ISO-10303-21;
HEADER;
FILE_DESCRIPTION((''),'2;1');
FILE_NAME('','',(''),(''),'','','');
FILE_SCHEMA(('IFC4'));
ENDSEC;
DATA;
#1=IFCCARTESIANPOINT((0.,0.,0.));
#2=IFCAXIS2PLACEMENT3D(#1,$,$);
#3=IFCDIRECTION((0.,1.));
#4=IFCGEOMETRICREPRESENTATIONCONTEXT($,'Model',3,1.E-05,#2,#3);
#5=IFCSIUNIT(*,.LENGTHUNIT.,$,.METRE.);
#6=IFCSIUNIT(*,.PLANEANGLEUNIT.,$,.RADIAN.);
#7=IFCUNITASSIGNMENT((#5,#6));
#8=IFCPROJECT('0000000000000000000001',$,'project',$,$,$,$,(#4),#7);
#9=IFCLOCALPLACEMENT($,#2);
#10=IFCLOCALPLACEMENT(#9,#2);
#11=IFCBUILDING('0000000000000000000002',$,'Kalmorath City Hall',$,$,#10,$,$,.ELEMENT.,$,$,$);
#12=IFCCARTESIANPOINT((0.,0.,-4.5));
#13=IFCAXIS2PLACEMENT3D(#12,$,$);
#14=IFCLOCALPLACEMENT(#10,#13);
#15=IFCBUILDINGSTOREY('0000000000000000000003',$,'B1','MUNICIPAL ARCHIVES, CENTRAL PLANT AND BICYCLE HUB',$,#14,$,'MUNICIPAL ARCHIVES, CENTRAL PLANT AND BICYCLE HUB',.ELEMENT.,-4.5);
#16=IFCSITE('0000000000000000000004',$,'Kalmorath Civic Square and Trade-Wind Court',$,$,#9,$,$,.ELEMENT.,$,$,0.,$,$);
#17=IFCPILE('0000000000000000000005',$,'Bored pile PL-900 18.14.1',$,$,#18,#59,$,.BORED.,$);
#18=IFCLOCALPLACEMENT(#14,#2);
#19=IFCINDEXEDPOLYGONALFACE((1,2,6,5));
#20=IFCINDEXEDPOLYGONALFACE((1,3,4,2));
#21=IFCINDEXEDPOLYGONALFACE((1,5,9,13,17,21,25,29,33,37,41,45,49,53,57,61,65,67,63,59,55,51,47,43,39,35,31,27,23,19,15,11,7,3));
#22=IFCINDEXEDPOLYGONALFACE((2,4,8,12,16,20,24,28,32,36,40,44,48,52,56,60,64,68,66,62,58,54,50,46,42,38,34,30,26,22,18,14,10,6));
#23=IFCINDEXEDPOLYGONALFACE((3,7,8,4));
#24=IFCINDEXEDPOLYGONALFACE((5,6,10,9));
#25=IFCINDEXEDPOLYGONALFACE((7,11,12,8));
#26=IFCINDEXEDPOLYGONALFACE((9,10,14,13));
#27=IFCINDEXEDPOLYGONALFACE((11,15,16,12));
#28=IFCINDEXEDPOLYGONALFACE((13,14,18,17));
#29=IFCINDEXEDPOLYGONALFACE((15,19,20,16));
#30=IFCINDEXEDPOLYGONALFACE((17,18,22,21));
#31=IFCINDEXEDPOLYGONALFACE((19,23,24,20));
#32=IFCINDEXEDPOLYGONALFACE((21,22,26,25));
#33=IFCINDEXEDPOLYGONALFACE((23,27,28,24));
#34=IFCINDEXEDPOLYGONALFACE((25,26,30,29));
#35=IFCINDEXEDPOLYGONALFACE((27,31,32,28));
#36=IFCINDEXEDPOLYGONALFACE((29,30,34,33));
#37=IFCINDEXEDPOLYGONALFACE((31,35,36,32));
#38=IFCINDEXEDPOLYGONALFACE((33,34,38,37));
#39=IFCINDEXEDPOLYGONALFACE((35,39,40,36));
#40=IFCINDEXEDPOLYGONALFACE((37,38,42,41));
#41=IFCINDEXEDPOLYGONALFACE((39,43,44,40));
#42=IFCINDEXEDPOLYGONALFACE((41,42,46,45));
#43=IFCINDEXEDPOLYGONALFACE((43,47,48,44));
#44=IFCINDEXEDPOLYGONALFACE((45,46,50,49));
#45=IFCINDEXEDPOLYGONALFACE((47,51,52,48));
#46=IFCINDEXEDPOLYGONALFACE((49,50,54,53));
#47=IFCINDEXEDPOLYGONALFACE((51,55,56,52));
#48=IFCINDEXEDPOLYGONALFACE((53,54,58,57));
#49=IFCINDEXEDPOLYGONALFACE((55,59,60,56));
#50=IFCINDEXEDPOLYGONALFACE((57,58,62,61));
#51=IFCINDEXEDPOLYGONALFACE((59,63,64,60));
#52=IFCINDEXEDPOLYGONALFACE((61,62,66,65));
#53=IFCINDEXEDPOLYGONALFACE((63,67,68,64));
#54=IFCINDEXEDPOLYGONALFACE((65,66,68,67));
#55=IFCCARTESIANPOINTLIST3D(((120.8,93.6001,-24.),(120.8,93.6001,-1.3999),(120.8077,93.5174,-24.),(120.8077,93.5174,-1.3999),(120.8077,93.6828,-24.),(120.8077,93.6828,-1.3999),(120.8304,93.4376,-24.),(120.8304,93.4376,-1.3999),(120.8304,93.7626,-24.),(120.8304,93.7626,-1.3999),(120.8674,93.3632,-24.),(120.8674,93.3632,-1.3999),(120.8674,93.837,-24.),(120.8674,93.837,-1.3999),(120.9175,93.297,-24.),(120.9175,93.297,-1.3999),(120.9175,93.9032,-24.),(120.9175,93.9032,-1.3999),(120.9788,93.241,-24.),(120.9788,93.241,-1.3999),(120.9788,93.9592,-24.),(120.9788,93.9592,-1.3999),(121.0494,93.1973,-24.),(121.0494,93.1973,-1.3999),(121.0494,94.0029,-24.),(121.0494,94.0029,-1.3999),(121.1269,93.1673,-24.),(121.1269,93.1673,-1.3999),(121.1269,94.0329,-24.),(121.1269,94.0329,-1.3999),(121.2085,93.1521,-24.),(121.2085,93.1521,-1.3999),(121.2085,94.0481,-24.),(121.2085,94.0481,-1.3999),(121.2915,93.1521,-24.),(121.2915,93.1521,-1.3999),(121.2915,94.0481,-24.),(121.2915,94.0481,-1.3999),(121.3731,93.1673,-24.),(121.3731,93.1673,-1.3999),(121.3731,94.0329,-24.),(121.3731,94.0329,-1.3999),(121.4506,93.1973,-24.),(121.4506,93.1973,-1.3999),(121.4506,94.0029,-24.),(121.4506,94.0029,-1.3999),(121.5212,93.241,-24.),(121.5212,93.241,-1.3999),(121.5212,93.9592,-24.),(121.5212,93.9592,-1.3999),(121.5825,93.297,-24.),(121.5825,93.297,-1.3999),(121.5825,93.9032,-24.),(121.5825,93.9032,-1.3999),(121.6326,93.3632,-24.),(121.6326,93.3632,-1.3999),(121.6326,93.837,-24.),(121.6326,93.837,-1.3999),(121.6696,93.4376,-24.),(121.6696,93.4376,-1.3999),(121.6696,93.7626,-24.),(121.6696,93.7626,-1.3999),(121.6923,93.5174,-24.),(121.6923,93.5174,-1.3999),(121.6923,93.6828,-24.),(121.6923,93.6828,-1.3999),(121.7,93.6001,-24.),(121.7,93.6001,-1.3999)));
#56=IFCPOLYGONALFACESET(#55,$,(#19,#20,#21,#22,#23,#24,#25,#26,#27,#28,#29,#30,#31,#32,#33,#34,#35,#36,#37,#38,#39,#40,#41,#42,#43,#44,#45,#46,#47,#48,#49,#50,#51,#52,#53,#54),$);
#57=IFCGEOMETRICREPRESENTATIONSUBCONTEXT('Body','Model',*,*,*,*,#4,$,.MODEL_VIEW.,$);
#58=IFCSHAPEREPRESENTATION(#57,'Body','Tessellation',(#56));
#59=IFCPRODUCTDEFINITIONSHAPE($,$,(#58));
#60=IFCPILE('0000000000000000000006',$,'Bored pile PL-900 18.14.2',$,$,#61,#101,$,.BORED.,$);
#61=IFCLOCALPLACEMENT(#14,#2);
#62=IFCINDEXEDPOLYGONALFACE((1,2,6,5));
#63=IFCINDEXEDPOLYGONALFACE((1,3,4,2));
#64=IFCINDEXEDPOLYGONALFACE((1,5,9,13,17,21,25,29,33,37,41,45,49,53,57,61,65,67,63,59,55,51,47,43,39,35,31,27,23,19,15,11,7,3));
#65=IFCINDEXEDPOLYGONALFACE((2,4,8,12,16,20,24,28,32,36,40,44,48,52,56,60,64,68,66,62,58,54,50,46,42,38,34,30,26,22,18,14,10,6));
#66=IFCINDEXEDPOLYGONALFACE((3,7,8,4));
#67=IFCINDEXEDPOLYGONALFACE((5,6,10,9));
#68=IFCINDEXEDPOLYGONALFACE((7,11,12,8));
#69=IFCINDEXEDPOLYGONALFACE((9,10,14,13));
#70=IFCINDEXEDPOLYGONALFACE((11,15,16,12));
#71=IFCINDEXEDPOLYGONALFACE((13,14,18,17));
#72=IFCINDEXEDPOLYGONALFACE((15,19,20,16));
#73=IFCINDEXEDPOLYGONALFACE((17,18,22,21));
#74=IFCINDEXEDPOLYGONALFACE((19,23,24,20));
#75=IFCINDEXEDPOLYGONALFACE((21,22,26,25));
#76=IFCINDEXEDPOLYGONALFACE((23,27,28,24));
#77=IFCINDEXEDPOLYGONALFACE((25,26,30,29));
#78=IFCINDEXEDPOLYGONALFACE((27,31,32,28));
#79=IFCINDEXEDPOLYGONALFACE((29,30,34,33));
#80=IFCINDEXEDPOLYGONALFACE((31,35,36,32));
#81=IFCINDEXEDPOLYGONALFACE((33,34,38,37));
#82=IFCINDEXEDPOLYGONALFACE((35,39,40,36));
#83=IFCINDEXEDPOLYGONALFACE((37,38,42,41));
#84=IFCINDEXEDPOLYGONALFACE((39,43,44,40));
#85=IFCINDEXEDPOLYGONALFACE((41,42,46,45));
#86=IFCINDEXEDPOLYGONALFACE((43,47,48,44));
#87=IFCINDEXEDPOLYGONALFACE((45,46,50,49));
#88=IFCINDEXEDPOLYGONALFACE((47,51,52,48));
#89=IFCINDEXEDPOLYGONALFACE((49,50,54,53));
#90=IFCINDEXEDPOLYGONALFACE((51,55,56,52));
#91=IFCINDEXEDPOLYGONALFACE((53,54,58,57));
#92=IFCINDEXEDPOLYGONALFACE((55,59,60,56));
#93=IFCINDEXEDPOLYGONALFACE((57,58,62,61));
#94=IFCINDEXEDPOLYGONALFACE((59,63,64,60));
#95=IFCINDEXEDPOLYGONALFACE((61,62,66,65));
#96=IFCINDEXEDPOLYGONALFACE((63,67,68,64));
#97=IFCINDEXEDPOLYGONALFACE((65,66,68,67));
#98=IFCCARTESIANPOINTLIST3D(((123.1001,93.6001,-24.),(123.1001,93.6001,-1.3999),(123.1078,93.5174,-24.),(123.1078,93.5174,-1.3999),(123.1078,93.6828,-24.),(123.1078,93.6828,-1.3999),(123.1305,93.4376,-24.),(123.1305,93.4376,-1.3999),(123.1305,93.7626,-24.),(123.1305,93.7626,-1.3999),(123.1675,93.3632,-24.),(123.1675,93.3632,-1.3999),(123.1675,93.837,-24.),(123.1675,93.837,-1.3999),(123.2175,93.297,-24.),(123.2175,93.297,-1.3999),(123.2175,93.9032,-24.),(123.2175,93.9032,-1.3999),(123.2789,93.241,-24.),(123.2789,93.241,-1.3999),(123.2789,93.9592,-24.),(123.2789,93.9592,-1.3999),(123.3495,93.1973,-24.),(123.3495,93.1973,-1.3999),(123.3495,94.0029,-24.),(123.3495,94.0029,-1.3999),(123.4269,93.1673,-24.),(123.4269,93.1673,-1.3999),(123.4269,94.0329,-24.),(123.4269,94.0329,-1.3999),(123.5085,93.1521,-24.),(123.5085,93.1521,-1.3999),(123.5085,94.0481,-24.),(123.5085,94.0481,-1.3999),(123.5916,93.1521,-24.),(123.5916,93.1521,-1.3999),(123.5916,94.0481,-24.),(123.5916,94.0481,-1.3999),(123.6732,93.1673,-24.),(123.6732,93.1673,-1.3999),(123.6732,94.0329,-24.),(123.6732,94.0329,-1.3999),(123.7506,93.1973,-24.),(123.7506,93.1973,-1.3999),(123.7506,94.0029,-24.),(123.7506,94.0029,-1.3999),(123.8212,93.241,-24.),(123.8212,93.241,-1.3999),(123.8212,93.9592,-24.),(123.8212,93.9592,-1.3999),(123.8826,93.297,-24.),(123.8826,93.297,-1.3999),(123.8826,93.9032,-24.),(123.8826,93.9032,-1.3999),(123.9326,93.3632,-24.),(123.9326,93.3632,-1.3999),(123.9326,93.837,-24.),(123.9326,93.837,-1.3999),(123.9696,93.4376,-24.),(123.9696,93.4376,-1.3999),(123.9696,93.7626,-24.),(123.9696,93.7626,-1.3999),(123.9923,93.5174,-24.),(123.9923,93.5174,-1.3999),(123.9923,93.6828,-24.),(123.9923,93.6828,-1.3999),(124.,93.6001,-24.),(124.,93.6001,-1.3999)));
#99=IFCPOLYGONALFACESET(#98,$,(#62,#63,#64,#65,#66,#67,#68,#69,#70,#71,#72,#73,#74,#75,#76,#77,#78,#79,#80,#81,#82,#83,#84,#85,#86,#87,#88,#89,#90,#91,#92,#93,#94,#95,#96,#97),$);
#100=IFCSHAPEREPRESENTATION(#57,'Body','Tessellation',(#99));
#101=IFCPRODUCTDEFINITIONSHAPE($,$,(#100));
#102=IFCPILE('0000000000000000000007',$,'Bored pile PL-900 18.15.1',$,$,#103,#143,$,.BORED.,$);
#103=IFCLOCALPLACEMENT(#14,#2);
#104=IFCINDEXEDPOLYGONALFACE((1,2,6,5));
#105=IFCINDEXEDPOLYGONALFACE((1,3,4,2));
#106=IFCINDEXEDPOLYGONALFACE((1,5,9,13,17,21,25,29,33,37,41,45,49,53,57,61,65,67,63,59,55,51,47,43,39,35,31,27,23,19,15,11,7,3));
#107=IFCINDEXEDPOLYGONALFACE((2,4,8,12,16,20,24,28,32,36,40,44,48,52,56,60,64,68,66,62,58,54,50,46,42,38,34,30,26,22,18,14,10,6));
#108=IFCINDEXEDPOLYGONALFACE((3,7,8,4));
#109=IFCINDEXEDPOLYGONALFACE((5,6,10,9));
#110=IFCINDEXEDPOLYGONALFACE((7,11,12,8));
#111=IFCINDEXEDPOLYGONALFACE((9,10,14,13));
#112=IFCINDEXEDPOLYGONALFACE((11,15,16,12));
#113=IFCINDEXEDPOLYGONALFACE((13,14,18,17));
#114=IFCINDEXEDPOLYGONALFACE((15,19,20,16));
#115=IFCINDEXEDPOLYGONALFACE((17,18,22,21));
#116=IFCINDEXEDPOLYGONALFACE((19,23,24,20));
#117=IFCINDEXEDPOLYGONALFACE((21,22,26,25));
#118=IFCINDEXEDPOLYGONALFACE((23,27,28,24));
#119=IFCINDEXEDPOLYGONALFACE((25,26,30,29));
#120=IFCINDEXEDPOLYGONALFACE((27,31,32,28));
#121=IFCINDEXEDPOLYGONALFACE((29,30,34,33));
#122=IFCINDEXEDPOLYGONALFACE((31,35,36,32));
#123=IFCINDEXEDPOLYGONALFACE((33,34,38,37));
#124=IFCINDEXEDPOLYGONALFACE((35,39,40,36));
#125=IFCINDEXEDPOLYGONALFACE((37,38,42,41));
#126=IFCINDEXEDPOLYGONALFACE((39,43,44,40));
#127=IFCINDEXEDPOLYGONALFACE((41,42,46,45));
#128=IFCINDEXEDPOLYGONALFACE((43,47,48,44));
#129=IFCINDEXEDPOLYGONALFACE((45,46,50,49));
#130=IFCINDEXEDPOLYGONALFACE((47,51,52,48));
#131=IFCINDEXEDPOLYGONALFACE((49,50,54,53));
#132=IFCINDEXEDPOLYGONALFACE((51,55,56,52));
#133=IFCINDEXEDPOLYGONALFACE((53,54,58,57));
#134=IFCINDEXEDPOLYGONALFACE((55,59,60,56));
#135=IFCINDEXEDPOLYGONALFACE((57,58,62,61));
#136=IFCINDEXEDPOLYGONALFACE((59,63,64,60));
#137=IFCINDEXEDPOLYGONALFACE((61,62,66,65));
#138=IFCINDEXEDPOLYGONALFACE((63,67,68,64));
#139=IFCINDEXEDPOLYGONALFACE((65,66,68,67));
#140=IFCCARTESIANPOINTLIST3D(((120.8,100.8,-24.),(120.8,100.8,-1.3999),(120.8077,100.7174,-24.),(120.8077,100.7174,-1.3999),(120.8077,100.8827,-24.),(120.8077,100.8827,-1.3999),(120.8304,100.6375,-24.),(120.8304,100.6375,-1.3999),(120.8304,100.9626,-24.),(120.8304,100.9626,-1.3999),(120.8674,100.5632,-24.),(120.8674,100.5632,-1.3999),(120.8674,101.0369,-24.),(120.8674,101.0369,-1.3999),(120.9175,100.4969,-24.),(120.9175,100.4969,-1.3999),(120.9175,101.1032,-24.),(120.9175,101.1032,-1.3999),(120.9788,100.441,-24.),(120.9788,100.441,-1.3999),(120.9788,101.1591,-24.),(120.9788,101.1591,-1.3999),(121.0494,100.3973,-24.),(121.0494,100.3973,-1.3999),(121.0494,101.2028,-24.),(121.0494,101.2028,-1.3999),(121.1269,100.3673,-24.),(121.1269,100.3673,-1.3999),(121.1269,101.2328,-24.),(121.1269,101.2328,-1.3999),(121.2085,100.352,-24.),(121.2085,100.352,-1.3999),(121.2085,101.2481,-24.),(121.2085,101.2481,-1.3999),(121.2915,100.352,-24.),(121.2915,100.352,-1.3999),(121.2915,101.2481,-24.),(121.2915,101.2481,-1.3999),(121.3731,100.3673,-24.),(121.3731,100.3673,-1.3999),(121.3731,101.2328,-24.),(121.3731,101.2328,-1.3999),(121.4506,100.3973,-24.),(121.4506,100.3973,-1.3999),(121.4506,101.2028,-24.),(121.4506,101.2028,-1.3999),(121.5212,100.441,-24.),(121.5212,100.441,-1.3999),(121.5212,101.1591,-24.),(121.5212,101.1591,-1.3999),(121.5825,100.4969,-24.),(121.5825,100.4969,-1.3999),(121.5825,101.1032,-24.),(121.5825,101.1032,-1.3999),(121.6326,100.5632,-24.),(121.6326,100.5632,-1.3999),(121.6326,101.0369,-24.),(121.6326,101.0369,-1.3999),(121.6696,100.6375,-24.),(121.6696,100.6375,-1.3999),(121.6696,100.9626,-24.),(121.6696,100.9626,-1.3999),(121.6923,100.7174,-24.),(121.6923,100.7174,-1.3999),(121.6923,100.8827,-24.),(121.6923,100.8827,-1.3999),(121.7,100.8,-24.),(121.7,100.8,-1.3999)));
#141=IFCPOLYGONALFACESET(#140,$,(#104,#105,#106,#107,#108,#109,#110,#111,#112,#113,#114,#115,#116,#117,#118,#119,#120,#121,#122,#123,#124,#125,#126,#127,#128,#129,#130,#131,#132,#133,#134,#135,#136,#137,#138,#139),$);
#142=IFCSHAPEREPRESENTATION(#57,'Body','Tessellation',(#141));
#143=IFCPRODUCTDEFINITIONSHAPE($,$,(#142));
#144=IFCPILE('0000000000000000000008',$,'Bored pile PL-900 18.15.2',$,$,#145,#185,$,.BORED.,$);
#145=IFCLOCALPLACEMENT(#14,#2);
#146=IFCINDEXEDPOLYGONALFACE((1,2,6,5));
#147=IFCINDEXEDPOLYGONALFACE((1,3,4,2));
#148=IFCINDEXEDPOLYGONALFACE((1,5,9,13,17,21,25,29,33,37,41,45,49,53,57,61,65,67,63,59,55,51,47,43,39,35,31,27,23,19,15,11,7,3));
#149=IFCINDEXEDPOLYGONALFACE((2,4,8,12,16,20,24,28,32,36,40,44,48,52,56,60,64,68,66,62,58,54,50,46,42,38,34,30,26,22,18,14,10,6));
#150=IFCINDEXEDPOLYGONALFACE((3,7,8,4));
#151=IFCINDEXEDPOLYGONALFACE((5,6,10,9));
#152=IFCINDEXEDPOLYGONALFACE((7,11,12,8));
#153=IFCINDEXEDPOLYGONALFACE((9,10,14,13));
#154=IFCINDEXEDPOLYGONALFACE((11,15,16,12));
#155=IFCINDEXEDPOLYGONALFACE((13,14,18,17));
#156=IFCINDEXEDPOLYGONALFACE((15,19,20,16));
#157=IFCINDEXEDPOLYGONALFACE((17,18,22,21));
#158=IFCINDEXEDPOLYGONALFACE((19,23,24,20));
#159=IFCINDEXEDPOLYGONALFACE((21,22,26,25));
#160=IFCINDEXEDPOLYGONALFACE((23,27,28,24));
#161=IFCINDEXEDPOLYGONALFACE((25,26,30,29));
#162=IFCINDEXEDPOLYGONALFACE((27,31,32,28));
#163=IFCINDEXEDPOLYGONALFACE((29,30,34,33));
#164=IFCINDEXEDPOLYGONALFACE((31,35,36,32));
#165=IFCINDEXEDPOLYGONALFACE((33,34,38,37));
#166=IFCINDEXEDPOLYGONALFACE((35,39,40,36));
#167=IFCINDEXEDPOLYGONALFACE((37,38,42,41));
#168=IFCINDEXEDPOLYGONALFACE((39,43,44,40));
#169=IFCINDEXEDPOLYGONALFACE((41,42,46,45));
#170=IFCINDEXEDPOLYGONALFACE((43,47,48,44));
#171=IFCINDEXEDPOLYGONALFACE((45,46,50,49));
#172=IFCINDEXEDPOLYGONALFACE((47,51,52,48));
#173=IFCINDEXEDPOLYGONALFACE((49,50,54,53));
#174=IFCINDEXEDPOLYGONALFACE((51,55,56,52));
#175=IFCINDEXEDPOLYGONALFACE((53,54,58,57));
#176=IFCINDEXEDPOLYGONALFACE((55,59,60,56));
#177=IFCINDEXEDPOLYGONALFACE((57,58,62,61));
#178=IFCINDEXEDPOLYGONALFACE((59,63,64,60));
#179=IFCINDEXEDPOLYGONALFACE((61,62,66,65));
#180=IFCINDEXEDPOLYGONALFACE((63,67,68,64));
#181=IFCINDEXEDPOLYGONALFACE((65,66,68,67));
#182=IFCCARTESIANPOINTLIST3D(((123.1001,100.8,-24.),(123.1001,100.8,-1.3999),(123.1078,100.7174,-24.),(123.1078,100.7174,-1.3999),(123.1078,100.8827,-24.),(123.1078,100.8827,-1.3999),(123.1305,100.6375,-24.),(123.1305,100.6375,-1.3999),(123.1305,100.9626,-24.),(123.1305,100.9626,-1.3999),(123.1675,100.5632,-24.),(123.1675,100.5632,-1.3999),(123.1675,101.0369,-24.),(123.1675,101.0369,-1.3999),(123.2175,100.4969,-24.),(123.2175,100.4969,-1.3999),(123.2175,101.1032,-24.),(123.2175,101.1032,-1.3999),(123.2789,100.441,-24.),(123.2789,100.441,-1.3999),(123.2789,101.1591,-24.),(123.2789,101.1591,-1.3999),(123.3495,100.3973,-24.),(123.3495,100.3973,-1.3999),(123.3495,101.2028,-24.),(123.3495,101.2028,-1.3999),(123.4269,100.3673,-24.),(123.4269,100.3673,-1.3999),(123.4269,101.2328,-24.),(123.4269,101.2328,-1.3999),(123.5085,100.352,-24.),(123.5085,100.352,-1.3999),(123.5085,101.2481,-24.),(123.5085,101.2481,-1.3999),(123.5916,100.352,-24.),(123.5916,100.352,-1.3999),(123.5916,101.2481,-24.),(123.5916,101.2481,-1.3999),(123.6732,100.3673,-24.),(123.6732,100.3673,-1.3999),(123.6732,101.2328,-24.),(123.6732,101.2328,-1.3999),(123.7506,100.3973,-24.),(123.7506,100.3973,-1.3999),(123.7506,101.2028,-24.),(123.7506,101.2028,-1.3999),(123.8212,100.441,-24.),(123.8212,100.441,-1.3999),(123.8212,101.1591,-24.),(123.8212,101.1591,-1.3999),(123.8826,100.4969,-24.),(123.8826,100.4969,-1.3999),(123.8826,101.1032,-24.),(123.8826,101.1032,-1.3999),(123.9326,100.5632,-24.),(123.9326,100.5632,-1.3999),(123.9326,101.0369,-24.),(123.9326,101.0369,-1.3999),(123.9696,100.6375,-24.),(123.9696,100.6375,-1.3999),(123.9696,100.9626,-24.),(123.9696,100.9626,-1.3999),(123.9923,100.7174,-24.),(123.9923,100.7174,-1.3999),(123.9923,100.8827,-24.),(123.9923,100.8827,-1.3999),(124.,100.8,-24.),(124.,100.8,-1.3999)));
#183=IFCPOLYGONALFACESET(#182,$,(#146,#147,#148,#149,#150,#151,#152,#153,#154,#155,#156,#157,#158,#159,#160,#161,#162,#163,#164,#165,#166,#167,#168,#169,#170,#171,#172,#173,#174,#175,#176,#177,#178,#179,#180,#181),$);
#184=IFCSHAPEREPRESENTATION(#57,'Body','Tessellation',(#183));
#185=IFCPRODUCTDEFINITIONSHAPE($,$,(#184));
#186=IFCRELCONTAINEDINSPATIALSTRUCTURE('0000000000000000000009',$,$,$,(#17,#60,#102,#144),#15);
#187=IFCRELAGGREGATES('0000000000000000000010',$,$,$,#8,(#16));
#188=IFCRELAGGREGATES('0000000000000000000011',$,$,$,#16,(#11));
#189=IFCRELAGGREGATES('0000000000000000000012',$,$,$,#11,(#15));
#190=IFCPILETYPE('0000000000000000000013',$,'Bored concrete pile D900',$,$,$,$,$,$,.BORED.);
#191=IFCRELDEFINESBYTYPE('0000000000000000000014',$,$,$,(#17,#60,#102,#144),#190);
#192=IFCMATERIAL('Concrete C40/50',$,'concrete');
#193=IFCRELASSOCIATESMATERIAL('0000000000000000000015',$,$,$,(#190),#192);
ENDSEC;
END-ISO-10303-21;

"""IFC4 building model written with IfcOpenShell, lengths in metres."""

from ifc_helpers import new_model, si_unit, direction, frame, origin, origin_2d, place, context, subcontext, project, spatial, circle, extrude, material, material_profile, profile_set, type_object, element, save


model = new_model("IFC4")

# Units and contexts
model_context = context("Model", 3, precision=1e-05, world=origin(), true_north=direction((0.0, 1.0)))
body_context = subcontext(model_context, "Body", "Model", "MODEL_VIEW")
ifc_project = project(units=[si_unit("LENGTHUNIT", "METRE"), si_unit("PLANEANGLEUNIT", "RADIAN")], contexts=[model_context])

# Site, building, storey
site_placement = place(None, origin())
site = spatial("IfcSite", under=ifc_project, at=site_placement, Name="Kalmorath Civic Square and Trade-Wind Court", CompositionType="ELEMENT", RefElevation=0.0)
building_placement = place(site_placement, origin())
building = spatial("IfcBuilding", under=site, at=building_placement, Name="Kalmorath City Hall", CompositionType="ELEMENT")
storey_placement = place(building_placement, frame((0.0, 0.0, -4.5)))
storey = spatial("IfcBuildingStorey", under=building, at=storey_placement, Name="B1", Description="MUNICIPAL ARCHIVES, CENTRAL PLANT AND BICYCLE HUB", LongName="MUNICIPAL ARCHIVES, CENTRAL PLANT AND BICYCLE HUB", CompositionType="ELEMENT", Elevation=-4.5)

# Piles
ifc_material_1 = material(Name="Concrete C40/50", Category="concrete")
ifc_material_profile_1 = material_profile(ifc_material_1, circle(Radius=0.45, at=origin_2d()), Name="PILE-D900")
ifc_profile_set_1 = profile_set([ifc_material_profile_1], Name="Concrete C40/50")
pile_type = type_object("IfcPileType", Name="Bored concrete pile D900", PredefinedType="BORED", material=ifc_profile_set_1)
for number, where, z_axis, x_axis, name in (
    (1, (121.25, 93.6001, -1.3999), (0.0, 0.0, -1.0), (1.0, 0.0, 0.0), "Bored pile PL-900 18.14.1"),
    (2, (123.55, 93.6001, -1.3999), (0.0, 0.0, -1.0), (1.0, 0.0, 0.0), "Bored pile PL-900 18.14.2"),
    (3, (121.25, 100.8, -1.3999), (0.0, 0.0, -1.0), (1.0, 0.0, 0.0), "Bored pile PL-900 18.15.1"),
    (4, (123.55, 100.8, -1.3999), (0.0, 0.0, -1.0), (1.0, 0.0, 0.0), "Bored pile PL-900 18.15.2"),
):
    element("IfcPile", number, at=place(storey_placement, frame(where, z_axis=z_axis, x_axis=x_axis)), inside=storey, type_object=pile_type, Name=name, PredefinedType="BORED", context=body_context, shape_type="SweptSolid", body=[
        extrude(circle(Radius=0.45, at=origin_2d()), origin(), (0.0, 0.0, 1.0), 22.6001),
    ])

save(model, "model.ifc")
